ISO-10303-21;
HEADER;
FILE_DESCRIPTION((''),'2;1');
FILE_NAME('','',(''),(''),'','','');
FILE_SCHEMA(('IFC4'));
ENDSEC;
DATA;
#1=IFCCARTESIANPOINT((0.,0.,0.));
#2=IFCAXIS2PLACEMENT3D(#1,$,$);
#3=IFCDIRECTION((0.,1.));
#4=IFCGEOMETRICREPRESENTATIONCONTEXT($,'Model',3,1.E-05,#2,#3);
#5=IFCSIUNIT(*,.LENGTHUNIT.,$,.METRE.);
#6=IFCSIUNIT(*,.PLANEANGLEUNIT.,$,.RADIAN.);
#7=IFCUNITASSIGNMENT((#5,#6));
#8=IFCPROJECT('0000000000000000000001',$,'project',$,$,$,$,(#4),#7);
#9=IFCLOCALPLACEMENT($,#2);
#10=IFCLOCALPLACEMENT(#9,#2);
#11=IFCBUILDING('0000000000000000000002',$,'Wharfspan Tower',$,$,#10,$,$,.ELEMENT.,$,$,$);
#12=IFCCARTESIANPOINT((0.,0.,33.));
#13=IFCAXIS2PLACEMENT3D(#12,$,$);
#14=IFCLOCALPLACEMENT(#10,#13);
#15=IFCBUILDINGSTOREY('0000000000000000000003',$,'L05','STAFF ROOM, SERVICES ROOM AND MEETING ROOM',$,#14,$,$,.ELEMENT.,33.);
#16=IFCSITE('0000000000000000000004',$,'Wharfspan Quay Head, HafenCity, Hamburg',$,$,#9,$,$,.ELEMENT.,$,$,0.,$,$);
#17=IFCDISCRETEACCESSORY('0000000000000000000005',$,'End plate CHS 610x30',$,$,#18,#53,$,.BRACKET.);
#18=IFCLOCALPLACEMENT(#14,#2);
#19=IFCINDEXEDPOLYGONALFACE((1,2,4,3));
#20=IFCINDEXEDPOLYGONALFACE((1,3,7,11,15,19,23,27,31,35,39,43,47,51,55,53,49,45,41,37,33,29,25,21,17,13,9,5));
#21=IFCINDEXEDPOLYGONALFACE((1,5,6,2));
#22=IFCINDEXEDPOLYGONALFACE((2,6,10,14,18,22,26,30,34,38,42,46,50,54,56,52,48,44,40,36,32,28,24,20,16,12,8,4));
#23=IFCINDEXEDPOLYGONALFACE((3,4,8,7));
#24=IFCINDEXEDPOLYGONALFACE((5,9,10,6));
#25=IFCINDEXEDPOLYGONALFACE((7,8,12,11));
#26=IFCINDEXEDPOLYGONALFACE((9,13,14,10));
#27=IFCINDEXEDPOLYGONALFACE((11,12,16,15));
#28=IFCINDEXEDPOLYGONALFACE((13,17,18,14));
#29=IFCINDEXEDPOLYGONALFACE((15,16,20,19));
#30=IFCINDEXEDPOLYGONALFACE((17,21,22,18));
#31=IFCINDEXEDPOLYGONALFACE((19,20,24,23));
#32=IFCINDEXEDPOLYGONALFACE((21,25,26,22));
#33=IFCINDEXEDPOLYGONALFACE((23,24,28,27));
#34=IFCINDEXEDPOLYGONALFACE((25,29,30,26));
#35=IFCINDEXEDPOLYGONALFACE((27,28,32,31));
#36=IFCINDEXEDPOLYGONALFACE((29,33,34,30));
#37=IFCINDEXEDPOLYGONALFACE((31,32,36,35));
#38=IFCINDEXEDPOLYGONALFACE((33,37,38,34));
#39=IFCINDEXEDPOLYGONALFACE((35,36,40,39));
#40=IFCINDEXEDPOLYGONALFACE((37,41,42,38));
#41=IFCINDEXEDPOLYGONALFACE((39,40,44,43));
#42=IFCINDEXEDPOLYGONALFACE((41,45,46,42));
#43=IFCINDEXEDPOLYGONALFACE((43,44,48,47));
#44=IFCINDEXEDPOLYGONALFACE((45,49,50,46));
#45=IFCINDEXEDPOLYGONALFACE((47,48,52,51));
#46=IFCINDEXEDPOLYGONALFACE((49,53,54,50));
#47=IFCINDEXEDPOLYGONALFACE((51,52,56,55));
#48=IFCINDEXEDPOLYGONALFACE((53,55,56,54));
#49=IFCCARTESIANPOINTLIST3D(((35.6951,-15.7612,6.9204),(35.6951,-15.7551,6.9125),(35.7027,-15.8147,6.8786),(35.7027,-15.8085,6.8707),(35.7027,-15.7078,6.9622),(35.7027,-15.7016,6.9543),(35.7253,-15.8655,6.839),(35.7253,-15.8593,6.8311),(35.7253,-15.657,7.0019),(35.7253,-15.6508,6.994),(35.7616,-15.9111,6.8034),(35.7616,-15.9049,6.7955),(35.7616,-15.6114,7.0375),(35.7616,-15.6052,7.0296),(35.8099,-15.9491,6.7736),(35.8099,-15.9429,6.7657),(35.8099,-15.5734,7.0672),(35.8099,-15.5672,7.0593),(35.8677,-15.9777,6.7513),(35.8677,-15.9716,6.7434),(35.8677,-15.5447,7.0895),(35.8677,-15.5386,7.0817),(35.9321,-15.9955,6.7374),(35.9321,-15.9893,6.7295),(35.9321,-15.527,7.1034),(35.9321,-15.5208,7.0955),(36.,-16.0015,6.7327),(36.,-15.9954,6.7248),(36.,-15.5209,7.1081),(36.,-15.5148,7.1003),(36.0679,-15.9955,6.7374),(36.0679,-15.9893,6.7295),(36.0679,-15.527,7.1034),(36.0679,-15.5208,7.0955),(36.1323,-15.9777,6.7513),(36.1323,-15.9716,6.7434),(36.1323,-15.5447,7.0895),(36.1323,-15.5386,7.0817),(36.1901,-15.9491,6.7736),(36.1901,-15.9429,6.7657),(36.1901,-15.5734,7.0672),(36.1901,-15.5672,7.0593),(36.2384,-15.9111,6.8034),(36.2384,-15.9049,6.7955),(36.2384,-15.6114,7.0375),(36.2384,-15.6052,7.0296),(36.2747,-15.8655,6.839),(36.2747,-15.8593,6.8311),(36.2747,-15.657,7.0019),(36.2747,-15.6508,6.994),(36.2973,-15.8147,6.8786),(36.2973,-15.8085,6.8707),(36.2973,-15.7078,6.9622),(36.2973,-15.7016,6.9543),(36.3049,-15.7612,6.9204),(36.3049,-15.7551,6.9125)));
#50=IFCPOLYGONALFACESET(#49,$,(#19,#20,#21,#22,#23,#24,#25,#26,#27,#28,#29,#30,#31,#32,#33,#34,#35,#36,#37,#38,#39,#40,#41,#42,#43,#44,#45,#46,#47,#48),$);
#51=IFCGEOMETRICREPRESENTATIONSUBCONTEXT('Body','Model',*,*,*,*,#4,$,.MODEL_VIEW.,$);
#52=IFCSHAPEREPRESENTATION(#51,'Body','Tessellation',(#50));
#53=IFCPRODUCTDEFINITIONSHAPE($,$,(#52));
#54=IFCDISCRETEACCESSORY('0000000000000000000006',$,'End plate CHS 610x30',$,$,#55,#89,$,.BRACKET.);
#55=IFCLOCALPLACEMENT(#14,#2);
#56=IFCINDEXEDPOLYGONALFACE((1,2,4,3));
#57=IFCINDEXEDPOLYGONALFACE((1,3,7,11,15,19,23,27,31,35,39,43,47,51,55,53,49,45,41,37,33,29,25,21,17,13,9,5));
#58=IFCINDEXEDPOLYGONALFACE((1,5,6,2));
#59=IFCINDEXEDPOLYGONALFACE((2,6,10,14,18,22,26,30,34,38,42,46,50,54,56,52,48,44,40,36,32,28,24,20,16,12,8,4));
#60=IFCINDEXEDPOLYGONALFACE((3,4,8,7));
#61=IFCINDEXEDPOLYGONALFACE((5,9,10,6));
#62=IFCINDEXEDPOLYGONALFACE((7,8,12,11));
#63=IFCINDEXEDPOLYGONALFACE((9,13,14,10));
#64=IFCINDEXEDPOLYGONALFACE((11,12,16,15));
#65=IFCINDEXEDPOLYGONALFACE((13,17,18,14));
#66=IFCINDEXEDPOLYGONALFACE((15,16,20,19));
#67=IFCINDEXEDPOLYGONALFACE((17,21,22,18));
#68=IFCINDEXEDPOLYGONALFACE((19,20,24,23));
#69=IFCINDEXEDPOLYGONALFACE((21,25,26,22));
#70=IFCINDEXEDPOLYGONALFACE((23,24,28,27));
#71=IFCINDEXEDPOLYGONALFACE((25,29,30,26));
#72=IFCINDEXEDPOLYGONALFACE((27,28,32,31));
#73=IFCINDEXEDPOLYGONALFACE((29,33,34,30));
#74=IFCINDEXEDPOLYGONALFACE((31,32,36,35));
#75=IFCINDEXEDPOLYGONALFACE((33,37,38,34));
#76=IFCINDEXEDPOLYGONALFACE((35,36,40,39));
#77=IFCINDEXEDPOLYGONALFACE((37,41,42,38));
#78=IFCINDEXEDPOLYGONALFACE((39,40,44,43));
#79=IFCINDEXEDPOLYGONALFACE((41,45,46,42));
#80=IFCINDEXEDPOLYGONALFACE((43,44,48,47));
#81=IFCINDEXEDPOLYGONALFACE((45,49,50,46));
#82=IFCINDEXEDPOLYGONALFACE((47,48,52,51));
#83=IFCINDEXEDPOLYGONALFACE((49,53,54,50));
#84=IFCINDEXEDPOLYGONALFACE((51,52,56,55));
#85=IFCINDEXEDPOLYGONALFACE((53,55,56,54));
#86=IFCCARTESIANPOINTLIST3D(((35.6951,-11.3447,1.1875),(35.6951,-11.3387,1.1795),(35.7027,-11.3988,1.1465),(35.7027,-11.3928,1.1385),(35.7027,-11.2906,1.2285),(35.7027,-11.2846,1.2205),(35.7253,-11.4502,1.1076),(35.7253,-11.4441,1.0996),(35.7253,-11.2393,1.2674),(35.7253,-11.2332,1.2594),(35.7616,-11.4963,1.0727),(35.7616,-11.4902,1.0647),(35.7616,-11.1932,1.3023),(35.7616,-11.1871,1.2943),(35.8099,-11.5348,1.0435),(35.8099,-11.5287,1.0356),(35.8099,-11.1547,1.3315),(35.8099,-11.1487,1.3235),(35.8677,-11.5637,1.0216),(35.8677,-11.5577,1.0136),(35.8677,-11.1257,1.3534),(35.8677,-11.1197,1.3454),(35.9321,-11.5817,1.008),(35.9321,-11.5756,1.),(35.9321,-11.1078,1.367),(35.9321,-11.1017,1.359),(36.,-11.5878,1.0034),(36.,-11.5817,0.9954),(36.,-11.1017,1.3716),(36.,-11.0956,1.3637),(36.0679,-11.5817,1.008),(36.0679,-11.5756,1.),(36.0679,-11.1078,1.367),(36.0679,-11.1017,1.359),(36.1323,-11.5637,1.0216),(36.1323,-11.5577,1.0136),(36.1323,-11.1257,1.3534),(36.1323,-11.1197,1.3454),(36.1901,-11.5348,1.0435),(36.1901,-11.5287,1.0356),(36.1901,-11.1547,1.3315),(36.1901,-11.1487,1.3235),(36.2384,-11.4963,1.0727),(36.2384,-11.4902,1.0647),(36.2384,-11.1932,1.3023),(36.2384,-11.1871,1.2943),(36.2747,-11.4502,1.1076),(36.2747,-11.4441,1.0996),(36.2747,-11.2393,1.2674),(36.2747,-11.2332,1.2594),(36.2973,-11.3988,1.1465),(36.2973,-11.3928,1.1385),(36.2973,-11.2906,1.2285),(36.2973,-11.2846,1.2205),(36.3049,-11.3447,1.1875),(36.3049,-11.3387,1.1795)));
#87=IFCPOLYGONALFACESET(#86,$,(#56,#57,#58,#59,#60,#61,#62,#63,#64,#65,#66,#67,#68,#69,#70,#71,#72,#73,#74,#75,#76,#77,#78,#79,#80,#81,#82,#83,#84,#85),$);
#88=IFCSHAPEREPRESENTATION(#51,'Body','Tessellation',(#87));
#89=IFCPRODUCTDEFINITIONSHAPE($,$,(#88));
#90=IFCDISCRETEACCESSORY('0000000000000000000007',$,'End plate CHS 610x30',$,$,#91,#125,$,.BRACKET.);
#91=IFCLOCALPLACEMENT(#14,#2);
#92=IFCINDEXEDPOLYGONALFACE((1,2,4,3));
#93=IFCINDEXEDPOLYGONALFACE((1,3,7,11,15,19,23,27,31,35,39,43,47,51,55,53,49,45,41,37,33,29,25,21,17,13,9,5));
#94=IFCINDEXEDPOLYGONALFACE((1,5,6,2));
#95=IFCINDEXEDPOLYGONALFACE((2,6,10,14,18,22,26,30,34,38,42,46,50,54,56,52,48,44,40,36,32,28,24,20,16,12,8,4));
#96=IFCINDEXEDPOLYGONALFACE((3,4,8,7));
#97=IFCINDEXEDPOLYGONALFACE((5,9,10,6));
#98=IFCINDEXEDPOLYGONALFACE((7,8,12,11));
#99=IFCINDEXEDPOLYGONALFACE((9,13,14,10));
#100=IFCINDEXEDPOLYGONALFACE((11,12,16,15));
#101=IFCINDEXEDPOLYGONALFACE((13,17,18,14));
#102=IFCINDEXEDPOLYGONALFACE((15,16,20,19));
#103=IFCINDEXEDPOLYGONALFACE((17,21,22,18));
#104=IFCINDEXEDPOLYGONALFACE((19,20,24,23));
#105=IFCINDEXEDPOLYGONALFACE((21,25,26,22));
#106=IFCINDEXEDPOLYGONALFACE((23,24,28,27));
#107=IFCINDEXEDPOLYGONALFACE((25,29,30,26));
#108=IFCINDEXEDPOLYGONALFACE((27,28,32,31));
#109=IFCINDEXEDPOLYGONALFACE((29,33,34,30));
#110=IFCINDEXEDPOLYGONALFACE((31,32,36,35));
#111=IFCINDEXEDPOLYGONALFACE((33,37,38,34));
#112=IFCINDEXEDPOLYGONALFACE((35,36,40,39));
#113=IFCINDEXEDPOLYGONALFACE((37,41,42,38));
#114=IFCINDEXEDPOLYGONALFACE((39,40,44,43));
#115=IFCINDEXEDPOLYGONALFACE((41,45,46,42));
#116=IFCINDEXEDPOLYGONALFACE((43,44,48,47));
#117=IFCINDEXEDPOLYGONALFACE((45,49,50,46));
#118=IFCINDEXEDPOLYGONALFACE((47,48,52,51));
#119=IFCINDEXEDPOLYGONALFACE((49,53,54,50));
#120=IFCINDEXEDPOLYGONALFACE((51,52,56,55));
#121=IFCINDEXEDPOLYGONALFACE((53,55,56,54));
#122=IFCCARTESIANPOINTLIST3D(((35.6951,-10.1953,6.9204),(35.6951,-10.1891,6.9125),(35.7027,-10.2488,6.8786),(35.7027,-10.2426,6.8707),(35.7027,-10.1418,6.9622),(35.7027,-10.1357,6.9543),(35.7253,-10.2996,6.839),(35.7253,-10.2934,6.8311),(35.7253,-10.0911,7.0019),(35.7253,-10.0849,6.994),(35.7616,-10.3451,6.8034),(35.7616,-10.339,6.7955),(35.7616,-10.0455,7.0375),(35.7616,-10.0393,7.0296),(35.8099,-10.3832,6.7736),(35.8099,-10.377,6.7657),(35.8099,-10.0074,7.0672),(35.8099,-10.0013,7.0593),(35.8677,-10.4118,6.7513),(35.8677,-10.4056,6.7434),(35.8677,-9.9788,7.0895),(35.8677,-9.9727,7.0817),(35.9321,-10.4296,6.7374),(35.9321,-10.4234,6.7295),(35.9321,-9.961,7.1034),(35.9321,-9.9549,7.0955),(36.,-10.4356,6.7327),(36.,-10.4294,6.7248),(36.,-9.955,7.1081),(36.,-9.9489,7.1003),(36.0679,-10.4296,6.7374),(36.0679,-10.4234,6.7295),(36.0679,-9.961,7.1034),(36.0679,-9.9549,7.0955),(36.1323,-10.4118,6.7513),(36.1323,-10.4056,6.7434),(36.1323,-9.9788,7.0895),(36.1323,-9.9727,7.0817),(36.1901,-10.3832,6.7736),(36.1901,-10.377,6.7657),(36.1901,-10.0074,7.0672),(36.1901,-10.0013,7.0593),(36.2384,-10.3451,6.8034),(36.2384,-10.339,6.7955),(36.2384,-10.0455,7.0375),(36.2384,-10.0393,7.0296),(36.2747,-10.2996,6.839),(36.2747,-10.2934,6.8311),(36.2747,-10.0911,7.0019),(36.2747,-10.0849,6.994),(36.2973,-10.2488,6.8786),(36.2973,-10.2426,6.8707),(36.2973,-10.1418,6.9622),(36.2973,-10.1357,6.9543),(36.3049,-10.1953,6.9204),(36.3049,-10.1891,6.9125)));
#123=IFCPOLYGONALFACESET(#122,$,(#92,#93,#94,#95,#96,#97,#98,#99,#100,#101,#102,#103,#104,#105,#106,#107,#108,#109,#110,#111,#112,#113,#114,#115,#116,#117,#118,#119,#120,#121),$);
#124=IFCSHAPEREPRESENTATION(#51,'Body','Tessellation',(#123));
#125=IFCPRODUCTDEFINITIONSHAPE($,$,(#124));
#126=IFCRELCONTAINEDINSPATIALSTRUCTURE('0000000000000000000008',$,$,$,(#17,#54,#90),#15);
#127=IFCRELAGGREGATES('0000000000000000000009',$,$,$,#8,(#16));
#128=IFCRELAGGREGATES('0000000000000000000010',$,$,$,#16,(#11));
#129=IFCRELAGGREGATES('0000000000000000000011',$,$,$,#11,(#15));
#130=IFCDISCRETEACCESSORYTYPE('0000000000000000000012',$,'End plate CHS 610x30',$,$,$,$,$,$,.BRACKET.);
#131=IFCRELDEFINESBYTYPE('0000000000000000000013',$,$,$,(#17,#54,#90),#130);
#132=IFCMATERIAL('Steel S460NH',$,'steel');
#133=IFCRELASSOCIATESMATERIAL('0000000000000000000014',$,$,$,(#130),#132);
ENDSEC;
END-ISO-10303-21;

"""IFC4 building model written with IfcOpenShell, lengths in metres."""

from ifc_helpers import new_model, si_unit, direction, frame, origin, origin_2d, place, context, subcontext, project, spatial, circle, extrude, material, material_profile, profile_set, type_object, element, save


model = new_model("IFC4")

# Units and contexts
model_context = context("Model", 3, precision=1e-05, world=origin(), true_north=direction((0.0, 1.0)))
body_context = subcontext(model_context, "Body", "Model", "MODEL_VIEW")
ifc_project = project(units=[si_unit("LENGTHUNIT", "METRE"), si_unit("PLANEANGLEUNIT", "RADIAN")], contexts=[model_context])

# Site, building, storey
site_placement = place(None, origin())
site = spatial("IfcSite", under=ifc_project, at=site_placement, Name="Wharfspan Quay Head, HafenCity, Hamburg", CompositionType="ELEMENT", RefElevation=0.0)
building_placement = place(site_placement, origin())
building = spatial("IfcBuilding", under=site, at=building_placement, Name="Wharfspan Tower", CompositionType="ELEMENT")
storey_placement = place(building_placement, frame((0.0, 0.0, 33.0)))
storey = spatial("IfcBuildingStorey", under=building, at=storey_placement, Name="L05", Description="STAFF ROOM, SERVICES ROOM AND MEETING ROOM", CompositionType="ELEMENT", Elevation=33.0)

# Shared definitions
ifc_material_1 = material(Name="Steel S460NH", Category="steel")

# Discrete accessories
ifc_material_profile_1 = material_profile(ifc_material_1, circle(Radius=0.3049, at=origin_2d()))
ifc_profile_set_1 = profile_set([ifc_material_profile_1], Name="Steel S460NH")
discrete_accessory_type = type_object("IfcDiscreteAccessoryType", Name="End plate CHS 610x30", PredefinedType="BRACKET", material=ifc_profile_set_1)
for number, where, z_axis, x_axis, name in (
    (1, (36.0, -15.7612, 6.9204), (0.0, 0.615644, -0.788024), (-1.0, 0.0, 0.0), "End plate CHS 610x30"),
    (2, (36.0, -11.3447, 1.1875), (0.0, 0.603858, -0.797092), (-1.0, 0.0, 0.0), "End plate CHS 610x30"),
    (3, (36.0, -10.1953, 6.9204), (0.0, 0.615644, -0.788024), (-1.0, 0.0, 0.0), "End plate CHS 610x30"),
):
    element("IfcDiscreteAccessory", number, at=place(storey_placement, frame(where, z_axis=z_axis, x_axis=x_axis)), inside=storey, type_object=discrete_accessory_type, Name=name, PredefinedType="BRACKET", context=body_context, shape_type="SweptSolid", body=[
        extrude(circle(Radius=0.3049, at=origin_2d()), origin(), (0.0, 0.0, 1.0), 0.01),
    ])

save(model, "model.ifc")
